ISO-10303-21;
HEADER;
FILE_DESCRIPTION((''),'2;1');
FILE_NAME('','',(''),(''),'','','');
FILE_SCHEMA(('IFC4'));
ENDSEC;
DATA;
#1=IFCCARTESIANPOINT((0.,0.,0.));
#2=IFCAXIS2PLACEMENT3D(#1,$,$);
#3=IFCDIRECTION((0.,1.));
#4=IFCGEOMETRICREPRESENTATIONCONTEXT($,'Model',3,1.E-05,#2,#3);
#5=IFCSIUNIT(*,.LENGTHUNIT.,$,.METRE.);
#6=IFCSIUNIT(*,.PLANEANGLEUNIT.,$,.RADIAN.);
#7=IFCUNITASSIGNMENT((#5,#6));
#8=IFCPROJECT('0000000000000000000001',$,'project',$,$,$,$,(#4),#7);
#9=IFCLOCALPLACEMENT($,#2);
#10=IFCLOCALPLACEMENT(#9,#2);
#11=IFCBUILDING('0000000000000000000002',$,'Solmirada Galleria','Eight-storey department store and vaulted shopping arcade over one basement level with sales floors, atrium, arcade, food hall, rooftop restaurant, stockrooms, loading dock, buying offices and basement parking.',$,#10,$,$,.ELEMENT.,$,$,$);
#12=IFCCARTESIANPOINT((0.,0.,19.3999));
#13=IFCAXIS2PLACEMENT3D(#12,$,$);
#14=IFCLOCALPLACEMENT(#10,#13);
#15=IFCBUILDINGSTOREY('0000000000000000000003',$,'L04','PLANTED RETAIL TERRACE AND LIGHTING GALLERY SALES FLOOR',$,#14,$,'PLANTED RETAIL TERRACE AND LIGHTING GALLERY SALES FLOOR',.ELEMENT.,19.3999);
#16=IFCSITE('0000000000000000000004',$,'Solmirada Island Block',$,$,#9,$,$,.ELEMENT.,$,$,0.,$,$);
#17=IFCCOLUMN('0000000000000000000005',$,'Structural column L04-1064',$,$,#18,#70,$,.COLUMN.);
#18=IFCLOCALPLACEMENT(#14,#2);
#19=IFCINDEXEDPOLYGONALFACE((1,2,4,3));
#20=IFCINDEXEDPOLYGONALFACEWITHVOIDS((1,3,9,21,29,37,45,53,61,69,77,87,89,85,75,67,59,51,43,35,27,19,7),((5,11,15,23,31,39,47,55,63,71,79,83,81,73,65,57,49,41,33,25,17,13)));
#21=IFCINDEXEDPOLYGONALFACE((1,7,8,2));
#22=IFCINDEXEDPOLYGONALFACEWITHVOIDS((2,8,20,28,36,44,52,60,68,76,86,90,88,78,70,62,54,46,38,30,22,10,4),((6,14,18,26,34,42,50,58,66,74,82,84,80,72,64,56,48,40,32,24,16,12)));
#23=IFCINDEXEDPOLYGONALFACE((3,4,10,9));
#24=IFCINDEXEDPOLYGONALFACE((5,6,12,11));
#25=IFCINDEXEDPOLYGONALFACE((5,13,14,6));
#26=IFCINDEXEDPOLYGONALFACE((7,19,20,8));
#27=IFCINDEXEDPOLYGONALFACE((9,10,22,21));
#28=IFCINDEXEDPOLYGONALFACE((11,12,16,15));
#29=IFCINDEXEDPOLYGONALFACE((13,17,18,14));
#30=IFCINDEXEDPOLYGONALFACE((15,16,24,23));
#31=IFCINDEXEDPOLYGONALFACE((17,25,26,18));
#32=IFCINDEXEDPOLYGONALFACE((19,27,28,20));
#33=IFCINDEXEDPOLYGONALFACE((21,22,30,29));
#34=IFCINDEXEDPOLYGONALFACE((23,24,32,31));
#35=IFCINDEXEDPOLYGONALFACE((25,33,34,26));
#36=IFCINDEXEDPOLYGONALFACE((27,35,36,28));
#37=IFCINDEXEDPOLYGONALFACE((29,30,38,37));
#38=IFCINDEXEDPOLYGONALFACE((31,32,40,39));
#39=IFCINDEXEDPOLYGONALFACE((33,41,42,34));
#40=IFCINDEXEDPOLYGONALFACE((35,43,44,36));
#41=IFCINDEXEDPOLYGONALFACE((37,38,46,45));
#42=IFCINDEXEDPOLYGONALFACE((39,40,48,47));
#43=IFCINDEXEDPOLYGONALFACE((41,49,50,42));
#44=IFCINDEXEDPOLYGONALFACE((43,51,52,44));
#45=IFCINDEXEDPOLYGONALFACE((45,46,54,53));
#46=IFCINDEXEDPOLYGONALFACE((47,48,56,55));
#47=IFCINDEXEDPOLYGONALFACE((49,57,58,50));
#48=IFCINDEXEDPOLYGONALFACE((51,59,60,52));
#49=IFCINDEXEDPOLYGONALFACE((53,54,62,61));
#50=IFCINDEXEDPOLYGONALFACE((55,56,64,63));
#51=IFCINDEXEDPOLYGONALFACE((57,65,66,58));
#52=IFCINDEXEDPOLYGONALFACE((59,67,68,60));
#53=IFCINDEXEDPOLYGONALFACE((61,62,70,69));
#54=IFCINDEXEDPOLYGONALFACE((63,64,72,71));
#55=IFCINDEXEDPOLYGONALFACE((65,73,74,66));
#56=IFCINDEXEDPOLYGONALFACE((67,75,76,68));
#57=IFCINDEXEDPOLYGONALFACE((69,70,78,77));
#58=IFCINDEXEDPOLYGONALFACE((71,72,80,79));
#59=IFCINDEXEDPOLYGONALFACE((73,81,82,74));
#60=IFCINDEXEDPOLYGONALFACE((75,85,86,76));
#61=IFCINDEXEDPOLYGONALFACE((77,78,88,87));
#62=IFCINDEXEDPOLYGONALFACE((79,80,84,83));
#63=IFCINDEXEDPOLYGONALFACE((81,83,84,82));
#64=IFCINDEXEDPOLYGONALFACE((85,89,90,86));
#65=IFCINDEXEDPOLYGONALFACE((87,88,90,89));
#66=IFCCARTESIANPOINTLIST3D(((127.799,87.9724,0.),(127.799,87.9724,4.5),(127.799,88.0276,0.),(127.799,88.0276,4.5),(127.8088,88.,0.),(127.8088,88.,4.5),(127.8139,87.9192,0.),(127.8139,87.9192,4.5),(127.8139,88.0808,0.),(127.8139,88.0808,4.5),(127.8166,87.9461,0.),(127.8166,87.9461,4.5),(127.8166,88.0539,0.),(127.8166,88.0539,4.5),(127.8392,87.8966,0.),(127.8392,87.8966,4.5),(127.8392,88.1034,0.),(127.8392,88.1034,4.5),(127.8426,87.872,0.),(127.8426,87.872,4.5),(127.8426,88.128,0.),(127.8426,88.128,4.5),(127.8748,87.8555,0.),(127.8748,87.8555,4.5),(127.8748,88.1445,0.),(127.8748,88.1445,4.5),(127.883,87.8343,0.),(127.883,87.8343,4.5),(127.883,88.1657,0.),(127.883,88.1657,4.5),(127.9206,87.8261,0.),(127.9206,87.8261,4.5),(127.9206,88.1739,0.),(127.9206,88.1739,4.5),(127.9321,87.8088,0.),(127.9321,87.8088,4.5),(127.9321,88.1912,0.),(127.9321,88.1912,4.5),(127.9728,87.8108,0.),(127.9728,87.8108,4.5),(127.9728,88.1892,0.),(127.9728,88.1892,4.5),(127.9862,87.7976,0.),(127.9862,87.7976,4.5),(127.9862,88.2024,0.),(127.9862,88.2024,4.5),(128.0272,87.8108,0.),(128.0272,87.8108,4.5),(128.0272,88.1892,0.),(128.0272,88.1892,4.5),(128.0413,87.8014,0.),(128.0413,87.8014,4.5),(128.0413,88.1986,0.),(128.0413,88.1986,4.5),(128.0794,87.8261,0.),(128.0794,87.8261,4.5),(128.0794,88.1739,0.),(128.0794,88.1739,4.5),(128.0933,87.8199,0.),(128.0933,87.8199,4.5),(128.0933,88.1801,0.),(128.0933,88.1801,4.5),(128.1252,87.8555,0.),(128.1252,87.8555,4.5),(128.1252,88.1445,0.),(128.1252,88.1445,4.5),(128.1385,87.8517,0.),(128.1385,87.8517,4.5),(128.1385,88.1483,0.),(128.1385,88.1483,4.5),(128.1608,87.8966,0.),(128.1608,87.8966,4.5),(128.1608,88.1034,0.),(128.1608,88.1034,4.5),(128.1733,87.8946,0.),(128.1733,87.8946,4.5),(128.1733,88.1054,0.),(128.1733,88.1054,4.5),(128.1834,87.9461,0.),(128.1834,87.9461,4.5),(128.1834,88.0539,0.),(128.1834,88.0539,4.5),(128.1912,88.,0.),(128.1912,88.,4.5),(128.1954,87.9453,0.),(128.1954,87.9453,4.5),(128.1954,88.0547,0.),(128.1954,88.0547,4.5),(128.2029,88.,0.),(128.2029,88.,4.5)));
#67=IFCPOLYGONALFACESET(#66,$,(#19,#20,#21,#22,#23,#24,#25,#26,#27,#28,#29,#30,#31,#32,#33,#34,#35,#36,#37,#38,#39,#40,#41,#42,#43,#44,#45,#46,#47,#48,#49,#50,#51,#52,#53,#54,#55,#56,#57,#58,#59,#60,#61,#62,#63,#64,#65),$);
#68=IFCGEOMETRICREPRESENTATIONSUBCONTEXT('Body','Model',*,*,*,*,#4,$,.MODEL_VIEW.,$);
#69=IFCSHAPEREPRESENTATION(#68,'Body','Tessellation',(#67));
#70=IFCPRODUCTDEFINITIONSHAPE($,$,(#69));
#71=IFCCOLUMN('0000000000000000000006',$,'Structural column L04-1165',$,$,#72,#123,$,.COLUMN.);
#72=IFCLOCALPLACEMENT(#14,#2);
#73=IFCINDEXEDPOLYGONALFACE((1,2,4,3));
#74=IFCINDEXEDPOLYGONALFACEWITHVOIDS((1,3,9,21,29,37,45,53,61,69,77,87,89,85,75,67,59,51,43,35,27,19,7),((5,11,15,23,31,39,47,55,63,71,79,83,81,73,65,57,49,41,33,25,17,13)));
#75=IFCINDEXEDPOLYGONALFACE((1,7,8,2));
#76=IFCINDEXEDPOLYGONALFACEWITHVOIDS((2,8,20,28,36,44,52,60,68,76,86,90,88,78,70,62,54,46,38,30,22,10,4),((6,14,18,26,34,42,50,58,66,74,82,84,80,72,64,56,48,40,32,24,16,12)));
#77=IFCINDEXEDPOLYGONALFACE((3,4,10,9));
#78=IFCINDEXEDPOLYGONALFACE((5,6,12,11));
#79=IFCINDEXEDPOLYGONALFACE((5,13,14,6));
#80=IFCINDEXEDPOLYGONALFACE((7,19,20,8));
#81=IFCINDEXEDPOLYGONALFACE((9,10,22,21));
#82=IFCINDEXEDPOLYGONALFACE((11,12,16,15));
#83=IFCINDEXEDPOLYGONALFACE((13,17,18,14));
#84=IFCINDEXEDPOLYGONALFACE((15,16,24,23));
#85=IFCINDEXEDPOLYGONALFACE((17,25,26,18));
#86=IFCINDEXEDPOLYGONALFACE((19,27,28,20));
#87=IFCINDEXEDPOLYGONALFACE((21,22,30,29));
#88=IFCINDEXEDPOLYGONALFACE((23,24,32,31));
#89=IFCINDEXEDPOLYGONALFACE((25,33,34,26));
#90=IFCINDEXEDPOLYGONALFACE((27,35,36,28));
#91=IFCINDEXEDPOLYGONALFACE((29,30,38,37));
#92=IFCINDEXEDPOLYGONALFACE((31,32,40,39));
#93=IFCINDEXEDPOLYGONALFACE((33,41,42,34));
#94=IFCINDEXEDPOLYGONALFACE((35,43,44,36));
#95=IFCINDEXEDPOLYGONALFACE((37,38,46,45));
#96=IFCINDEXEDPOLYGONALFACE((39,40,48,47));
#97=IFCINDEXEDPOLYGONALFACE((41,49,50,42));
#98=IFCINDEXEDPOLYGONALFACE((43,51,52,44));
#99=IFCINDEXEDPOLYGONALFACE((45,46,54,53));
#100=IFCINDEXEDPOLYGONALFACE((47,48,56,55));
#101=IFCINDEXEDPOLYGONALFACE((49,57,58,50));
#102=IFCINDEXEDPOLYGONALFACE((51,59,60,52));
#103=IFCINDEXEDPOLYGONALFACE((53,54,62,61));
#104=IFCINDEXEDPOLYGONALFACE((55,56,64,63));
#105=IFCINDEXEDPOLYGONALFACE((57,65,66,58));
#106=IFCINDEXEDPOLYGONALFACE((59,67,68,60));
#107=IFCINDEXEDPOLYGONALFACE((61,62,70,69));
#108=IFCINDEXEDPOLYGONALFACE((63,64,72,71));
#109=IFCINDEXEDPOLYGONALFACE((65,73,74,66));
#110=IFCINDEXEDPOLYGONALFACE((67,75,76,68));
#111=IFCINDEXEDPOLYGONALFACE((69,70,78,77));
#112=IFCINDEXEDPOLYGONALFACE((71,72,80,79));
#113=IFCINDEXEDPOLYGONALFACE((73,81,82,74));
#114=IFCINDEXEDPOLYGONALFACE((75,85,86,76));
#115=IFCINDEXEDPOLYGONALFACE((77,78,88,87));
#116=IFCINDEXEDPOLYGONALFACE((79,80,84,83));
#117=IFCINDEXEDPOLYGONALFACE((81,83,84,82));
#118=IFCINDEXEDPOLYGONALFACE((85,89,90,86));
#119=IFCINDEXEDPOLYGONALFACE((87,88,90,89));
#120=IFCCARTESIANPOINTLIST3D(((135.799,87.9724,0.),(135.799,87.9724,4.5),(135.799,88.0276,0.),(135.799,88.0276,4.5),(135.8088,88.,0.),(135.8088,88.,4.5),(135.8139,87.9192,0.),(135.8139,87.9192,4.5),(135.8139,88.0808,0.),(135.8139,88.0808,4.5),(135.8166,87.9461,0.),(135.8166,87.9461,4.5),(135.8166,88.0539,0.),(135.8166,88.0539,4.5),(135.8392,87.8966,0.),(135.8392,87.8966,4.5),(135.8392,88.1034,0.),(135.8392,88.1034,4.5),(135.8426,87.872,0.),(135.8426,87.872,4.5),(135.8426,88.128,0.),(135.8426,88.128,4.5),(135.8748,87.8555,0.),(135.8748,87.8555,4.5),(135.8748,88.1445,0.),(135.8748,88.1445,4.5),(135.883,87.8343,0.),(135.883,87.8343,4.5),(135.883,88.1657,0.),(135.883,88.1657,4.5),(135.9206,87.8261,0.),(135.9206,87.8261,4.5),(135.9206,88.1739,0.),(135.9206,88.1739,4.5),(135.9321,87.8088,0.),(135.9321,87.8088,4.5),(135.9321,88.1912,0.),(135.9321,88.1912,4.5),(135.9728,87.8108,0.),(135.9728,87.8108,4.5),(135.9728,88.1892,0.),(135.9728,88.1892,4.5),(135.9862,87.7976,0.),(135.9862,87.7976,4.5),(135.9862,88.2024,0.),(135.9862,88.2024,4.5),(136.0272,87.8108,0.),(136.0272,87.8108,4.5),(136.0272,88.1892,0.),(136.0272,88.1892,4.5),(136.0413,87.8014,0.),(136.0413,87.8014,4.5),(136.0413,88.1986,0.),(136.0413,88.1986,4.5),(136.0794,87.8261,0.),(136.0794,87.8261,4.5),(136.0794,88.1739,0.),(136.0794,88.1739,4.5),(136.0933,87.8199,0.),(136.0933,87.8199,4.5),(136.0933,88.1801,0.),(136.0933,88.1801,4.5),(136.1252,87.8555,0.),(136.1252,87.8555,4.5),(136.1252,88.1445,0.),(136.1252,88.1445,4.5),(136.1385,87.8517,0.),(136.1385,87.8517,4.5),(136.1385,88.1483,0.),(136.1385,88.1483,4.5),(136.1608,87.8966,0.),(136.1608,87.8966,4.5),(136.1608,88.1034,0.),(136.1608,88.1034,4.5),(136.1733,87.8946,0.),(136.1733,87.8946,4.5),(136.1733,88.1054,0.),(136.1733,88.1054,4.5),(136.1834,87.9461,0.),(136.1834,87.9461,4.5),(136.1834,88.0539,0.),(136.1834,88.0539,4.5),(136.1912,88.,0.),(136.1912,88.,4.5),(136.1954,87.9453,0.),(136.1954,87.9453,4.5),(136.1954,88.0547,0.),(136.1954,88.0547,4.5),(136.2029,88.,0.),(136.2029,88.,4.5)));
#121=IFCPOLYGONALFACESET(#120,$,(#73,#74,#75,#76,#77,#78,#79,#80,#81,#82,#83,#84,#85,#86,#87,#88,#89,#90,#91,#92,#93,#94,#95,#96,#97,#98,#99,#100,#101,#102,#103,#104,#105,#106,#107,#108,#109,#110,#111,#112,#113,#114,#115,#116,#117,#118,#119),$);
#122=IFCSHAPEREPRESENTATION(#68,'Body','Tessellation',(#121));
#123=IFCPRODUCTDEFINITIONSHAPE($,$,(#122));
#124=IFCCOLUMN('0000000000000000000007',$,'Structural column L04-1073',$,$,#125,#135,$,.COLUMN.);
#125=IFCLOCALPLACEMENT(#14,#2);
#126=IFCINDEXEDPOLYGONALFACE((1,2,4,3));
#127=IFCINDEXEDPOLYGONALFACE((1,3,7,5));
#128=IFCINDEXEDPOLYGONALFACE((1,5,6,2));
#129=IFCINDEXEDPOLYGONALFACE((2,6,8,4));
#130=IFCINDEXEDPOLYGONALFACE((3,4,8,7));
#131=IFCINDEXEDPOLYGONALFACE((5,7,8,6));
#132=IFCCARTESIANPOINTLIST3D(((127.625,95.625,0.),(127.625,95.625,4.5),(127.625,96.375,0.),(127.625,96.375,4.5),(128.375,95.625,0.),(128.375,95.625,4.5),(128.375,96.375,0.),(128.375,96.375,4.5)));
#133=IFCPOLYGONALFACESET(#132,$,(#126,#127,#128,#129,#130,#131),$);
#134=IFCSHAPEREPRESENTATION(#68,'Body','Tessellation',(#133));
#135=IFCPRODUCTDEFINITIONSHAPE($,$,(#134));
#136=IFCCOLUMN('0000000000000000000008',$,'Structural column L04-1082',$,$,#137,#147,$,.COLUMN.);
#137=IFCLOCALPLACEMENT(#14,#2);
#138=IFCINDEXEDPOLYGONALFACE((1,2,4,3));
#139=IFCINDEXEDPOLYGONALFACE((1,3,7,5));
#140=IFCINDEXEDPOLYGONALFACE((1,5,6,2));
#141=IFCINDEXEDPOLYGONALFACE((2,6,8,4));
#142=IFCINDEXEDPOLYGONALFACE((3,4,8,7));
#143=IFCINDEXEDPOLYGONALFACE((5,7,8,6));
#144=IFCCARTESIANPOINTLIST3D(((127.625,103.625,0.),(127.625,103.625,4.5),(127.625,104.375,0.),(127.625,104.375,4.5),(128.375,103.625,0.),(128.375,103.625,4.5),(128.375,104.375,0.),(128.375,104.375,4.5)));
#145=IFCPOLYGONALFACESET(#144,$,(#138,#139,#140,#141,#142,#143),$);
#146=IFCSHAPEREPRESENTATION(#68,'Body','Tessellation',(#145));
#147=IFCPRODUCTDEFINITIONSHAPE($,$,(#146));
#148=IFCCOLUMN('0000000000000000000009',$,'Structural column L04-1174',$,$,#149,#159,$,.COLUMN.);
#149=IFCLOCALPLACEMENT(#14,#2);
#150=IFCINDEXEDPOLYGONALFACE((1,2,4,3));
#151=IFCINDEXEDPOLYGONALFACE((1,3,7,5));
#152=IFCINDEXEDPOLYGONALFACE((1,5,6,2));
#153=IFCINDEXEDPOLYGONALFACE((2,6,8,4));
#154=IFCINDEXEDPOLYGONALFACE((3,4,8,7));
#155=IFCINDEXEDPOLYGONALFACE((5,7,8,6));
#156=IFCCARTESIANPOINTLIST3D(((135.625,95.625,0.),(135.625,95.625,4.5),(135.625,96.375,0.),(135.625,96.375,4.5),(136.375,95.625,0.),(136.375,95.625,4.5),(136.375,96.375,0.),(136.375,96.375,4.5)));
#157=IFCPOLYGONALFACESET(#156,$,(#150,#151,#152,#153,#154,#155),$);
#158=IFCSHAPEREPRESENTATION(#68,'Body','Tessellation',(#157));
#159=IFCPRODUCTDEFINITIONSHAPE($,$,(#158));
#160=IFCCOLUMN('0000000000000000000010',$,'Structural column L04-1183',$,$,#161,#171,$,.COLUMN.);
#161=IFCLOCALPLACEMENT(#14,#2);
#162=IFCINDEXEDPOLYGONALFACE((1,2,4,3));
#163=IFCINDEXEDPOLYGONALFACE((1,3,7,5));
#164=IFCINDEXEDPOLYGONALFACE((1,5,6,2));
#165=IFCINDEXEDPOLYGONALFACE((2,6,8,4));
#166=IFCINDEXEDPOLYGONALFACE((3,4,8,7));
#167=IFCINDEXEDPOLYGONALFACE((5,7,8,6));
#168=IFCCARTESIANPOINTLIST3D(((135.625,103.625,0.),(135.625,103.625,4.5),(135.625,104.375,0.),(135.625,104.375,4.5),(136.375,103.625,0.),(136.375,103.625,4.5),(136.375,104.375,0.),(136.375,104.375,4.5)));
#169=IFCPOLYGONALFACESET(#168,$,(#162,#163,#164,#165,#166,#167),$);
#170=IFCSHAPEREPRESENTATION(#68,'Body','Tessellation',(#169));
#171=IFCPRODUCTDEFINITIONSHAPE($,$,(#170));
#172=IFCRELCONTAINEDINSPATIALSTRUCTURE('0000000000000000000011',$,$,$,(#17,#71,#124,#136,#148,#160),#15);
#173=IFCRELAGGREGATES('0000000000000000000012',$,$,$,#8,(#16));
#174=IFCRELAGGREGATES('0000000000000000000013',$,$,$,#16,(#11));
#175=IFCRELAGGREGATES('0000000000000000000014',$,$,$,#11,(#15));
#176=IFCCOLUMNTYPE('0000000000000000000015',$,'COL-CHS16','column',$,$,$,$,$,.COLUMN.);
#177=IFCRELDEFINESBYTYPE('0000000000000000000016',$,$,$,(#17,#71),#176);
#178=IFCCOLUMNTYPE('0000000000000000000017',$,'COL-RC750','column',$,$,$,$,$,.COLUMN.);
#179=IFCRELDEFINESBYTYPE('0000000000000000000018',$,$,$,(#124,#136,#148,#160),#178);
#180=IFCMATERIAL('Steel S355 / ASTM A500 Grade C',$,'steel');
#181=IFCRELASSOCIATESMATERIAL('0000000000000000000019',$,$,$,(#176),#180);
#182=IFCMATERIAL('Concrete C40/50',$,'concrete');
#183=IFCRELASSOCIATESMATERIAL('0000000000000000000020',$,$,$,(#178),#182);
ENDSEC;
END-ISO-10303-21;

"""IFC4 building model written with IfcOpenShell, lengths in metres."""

from ifc_helpers import new_model, si_unit, direction, frame, origin, origin_2d, place, context, subcontext, project, spatial, rectangle, hollow_circle, extrude, material, material_profile, profile_set, type_object, element, save


model = new_model("IFC4")

# Units and contexts
model_context = context("Model", 3, precision=1e-05, world=origin(), true_north=direction((0.0, 1.0)))
body_context = subcontext(model_context, "Body", "Model", "MODEL_VIEW")
ifc_project = project(units=[si_unit("LENGTHUNIT", "METRE"), si_unit("PLANEANGLEUNIT", "RADIAN")], contexts=[model_context])

# Site, building, storey
site_placement = place(None, origin())
site = spatial("IfcSite", under=ifc_project, at=site_placement, Name="Solmirada Island Block", CompositionType="ELEMENT", RefElevation=0.0)
building_placement = place(site_placement, origin())
building = spatial("IfcBuilding", under=site, at=building_placement, Name="Solmirada Galleria", Description="Eight-storey department store and vaulted shopping arcade over one basement level with sales floors, atrium, arcade, food hall, rooftop restaurant, stockrooms, loading dock, buying offices and basement parking.", CompositionType="ELEMENT")
storey_placement = place(building_placement, frame((0.0, 0.0, 19.3999)))
storey = spatial("IfcBuildingStorey", under=building, at=storey_placement, Name="L04", Description="PLANTED RETAIL TERRACE AND LIGHTING GALLERY SALES FLOOR", LongName="PLANTED RETAIL TERRACE AND LIGHTING GALLERY SALES FLOOR", CompositionType="ELEMENT", Elevation=19.3999)

# Columns
ifc_material_1 = material(Name="Steel S355 / ASTM A500 Grade C", Category="steel")
ifc_material_profile_1 = material_profile(ifc_material_1, hollow_circle(Radius=0.2029, WallThickness=0.0117, at=origin_2d()), Name="HSS16.000X0.500")
ifc_profile_set_1 = profile_set([ifc_material_profile_1], Name="Steel S355 / ASTM A500 Grade C")
column_type_1 = type_object("IfcColumnType", Name="COL-CHS16", Description="column", PredefinedType="COLUMN", material=ifc_profile_set_1)
for number, where, z_axis, x_axis, name in (
    (1, (128.0, 88.0, 0.0), (0.0, 0.0, 1.0), (1.0, 0.0, 0.0), "Structural column L04-1064"),
    (2, (136.0, 88.0, 0.0), (0.0, 0.0, 1.0), (1.0, 0.0, 0.0), "Structural column L04-1165"),
):
    element("IfcColumn", number, at=place(storey_placement, frame(where, z_axis=z_axis, x_axis=x_axis)), inside=storey, type_object=column_type_1, Name=name, PredefinedType="COLUMN", context=body_context, shape_type="SweptSolid", body=[
        extrude(hollow_circle(Radius=0.2029, WallThickness=0.0117, at=origin_2d()), origin(), (0.0, 0.0, 1.0), 4.5),
    ])
ifc_material_2 = material(Name="Concrete C40/50", Category="concrete")
ifc_material_profile_2 = material_profile(ifc_material_2, rectangle(XDim=0.75, YDim=0.75, at=origin_2d()), Name="RC750X750")
ifc_profile_set_2 = profile_set([ifc_material_profile_2], Name="Concrete C40/50")
column_type_2 = type_object("IfcColumnType", Name="COL-RC750", Description="column", PredefinedType="COLUMN", material=ifc_profile_set_2)
for number, where, z_axis, x_axis, name in (
    (3, (128.0, 96.0, 0.0), (0.0, 0.0, 1.0), (1.0, 0.0, 0.0), "Structural column L04-1073"),
    (4, (128.0, 104.0, 0.0), (0.0, 0.0, 1.0), (1.0, 0.0, 0.0), "Structural column L04-1082"),
    (5, (136.0, 96.0, 0.0), (0.0, 0.0, 1.0), (1.0, 0.0, 0.0), "Structural column L04-1174"),
    (6, (136.0, 104.0, 0.0), (0.0, 0.0, 1.0), (1.0, 0.0, 0.0), "Structural column L04-1183"),
):
    element("IfcColumn", number, at=place(storey_placement, frame(where, z_axis=z_axis, x_axis=x_axis)), inside=storey, type_object=column_type_2, Name=name, PredefinedType="COLUMN", context=body_context, shape_type="SweptSolid", body=[
        extrude(rectangle(XDim=0.75, YDim=0.75, at=origin_2d()), origin(), (0.0, 0.0, 1.0), 4.5),
    ])

save(model, "model.ifc")
